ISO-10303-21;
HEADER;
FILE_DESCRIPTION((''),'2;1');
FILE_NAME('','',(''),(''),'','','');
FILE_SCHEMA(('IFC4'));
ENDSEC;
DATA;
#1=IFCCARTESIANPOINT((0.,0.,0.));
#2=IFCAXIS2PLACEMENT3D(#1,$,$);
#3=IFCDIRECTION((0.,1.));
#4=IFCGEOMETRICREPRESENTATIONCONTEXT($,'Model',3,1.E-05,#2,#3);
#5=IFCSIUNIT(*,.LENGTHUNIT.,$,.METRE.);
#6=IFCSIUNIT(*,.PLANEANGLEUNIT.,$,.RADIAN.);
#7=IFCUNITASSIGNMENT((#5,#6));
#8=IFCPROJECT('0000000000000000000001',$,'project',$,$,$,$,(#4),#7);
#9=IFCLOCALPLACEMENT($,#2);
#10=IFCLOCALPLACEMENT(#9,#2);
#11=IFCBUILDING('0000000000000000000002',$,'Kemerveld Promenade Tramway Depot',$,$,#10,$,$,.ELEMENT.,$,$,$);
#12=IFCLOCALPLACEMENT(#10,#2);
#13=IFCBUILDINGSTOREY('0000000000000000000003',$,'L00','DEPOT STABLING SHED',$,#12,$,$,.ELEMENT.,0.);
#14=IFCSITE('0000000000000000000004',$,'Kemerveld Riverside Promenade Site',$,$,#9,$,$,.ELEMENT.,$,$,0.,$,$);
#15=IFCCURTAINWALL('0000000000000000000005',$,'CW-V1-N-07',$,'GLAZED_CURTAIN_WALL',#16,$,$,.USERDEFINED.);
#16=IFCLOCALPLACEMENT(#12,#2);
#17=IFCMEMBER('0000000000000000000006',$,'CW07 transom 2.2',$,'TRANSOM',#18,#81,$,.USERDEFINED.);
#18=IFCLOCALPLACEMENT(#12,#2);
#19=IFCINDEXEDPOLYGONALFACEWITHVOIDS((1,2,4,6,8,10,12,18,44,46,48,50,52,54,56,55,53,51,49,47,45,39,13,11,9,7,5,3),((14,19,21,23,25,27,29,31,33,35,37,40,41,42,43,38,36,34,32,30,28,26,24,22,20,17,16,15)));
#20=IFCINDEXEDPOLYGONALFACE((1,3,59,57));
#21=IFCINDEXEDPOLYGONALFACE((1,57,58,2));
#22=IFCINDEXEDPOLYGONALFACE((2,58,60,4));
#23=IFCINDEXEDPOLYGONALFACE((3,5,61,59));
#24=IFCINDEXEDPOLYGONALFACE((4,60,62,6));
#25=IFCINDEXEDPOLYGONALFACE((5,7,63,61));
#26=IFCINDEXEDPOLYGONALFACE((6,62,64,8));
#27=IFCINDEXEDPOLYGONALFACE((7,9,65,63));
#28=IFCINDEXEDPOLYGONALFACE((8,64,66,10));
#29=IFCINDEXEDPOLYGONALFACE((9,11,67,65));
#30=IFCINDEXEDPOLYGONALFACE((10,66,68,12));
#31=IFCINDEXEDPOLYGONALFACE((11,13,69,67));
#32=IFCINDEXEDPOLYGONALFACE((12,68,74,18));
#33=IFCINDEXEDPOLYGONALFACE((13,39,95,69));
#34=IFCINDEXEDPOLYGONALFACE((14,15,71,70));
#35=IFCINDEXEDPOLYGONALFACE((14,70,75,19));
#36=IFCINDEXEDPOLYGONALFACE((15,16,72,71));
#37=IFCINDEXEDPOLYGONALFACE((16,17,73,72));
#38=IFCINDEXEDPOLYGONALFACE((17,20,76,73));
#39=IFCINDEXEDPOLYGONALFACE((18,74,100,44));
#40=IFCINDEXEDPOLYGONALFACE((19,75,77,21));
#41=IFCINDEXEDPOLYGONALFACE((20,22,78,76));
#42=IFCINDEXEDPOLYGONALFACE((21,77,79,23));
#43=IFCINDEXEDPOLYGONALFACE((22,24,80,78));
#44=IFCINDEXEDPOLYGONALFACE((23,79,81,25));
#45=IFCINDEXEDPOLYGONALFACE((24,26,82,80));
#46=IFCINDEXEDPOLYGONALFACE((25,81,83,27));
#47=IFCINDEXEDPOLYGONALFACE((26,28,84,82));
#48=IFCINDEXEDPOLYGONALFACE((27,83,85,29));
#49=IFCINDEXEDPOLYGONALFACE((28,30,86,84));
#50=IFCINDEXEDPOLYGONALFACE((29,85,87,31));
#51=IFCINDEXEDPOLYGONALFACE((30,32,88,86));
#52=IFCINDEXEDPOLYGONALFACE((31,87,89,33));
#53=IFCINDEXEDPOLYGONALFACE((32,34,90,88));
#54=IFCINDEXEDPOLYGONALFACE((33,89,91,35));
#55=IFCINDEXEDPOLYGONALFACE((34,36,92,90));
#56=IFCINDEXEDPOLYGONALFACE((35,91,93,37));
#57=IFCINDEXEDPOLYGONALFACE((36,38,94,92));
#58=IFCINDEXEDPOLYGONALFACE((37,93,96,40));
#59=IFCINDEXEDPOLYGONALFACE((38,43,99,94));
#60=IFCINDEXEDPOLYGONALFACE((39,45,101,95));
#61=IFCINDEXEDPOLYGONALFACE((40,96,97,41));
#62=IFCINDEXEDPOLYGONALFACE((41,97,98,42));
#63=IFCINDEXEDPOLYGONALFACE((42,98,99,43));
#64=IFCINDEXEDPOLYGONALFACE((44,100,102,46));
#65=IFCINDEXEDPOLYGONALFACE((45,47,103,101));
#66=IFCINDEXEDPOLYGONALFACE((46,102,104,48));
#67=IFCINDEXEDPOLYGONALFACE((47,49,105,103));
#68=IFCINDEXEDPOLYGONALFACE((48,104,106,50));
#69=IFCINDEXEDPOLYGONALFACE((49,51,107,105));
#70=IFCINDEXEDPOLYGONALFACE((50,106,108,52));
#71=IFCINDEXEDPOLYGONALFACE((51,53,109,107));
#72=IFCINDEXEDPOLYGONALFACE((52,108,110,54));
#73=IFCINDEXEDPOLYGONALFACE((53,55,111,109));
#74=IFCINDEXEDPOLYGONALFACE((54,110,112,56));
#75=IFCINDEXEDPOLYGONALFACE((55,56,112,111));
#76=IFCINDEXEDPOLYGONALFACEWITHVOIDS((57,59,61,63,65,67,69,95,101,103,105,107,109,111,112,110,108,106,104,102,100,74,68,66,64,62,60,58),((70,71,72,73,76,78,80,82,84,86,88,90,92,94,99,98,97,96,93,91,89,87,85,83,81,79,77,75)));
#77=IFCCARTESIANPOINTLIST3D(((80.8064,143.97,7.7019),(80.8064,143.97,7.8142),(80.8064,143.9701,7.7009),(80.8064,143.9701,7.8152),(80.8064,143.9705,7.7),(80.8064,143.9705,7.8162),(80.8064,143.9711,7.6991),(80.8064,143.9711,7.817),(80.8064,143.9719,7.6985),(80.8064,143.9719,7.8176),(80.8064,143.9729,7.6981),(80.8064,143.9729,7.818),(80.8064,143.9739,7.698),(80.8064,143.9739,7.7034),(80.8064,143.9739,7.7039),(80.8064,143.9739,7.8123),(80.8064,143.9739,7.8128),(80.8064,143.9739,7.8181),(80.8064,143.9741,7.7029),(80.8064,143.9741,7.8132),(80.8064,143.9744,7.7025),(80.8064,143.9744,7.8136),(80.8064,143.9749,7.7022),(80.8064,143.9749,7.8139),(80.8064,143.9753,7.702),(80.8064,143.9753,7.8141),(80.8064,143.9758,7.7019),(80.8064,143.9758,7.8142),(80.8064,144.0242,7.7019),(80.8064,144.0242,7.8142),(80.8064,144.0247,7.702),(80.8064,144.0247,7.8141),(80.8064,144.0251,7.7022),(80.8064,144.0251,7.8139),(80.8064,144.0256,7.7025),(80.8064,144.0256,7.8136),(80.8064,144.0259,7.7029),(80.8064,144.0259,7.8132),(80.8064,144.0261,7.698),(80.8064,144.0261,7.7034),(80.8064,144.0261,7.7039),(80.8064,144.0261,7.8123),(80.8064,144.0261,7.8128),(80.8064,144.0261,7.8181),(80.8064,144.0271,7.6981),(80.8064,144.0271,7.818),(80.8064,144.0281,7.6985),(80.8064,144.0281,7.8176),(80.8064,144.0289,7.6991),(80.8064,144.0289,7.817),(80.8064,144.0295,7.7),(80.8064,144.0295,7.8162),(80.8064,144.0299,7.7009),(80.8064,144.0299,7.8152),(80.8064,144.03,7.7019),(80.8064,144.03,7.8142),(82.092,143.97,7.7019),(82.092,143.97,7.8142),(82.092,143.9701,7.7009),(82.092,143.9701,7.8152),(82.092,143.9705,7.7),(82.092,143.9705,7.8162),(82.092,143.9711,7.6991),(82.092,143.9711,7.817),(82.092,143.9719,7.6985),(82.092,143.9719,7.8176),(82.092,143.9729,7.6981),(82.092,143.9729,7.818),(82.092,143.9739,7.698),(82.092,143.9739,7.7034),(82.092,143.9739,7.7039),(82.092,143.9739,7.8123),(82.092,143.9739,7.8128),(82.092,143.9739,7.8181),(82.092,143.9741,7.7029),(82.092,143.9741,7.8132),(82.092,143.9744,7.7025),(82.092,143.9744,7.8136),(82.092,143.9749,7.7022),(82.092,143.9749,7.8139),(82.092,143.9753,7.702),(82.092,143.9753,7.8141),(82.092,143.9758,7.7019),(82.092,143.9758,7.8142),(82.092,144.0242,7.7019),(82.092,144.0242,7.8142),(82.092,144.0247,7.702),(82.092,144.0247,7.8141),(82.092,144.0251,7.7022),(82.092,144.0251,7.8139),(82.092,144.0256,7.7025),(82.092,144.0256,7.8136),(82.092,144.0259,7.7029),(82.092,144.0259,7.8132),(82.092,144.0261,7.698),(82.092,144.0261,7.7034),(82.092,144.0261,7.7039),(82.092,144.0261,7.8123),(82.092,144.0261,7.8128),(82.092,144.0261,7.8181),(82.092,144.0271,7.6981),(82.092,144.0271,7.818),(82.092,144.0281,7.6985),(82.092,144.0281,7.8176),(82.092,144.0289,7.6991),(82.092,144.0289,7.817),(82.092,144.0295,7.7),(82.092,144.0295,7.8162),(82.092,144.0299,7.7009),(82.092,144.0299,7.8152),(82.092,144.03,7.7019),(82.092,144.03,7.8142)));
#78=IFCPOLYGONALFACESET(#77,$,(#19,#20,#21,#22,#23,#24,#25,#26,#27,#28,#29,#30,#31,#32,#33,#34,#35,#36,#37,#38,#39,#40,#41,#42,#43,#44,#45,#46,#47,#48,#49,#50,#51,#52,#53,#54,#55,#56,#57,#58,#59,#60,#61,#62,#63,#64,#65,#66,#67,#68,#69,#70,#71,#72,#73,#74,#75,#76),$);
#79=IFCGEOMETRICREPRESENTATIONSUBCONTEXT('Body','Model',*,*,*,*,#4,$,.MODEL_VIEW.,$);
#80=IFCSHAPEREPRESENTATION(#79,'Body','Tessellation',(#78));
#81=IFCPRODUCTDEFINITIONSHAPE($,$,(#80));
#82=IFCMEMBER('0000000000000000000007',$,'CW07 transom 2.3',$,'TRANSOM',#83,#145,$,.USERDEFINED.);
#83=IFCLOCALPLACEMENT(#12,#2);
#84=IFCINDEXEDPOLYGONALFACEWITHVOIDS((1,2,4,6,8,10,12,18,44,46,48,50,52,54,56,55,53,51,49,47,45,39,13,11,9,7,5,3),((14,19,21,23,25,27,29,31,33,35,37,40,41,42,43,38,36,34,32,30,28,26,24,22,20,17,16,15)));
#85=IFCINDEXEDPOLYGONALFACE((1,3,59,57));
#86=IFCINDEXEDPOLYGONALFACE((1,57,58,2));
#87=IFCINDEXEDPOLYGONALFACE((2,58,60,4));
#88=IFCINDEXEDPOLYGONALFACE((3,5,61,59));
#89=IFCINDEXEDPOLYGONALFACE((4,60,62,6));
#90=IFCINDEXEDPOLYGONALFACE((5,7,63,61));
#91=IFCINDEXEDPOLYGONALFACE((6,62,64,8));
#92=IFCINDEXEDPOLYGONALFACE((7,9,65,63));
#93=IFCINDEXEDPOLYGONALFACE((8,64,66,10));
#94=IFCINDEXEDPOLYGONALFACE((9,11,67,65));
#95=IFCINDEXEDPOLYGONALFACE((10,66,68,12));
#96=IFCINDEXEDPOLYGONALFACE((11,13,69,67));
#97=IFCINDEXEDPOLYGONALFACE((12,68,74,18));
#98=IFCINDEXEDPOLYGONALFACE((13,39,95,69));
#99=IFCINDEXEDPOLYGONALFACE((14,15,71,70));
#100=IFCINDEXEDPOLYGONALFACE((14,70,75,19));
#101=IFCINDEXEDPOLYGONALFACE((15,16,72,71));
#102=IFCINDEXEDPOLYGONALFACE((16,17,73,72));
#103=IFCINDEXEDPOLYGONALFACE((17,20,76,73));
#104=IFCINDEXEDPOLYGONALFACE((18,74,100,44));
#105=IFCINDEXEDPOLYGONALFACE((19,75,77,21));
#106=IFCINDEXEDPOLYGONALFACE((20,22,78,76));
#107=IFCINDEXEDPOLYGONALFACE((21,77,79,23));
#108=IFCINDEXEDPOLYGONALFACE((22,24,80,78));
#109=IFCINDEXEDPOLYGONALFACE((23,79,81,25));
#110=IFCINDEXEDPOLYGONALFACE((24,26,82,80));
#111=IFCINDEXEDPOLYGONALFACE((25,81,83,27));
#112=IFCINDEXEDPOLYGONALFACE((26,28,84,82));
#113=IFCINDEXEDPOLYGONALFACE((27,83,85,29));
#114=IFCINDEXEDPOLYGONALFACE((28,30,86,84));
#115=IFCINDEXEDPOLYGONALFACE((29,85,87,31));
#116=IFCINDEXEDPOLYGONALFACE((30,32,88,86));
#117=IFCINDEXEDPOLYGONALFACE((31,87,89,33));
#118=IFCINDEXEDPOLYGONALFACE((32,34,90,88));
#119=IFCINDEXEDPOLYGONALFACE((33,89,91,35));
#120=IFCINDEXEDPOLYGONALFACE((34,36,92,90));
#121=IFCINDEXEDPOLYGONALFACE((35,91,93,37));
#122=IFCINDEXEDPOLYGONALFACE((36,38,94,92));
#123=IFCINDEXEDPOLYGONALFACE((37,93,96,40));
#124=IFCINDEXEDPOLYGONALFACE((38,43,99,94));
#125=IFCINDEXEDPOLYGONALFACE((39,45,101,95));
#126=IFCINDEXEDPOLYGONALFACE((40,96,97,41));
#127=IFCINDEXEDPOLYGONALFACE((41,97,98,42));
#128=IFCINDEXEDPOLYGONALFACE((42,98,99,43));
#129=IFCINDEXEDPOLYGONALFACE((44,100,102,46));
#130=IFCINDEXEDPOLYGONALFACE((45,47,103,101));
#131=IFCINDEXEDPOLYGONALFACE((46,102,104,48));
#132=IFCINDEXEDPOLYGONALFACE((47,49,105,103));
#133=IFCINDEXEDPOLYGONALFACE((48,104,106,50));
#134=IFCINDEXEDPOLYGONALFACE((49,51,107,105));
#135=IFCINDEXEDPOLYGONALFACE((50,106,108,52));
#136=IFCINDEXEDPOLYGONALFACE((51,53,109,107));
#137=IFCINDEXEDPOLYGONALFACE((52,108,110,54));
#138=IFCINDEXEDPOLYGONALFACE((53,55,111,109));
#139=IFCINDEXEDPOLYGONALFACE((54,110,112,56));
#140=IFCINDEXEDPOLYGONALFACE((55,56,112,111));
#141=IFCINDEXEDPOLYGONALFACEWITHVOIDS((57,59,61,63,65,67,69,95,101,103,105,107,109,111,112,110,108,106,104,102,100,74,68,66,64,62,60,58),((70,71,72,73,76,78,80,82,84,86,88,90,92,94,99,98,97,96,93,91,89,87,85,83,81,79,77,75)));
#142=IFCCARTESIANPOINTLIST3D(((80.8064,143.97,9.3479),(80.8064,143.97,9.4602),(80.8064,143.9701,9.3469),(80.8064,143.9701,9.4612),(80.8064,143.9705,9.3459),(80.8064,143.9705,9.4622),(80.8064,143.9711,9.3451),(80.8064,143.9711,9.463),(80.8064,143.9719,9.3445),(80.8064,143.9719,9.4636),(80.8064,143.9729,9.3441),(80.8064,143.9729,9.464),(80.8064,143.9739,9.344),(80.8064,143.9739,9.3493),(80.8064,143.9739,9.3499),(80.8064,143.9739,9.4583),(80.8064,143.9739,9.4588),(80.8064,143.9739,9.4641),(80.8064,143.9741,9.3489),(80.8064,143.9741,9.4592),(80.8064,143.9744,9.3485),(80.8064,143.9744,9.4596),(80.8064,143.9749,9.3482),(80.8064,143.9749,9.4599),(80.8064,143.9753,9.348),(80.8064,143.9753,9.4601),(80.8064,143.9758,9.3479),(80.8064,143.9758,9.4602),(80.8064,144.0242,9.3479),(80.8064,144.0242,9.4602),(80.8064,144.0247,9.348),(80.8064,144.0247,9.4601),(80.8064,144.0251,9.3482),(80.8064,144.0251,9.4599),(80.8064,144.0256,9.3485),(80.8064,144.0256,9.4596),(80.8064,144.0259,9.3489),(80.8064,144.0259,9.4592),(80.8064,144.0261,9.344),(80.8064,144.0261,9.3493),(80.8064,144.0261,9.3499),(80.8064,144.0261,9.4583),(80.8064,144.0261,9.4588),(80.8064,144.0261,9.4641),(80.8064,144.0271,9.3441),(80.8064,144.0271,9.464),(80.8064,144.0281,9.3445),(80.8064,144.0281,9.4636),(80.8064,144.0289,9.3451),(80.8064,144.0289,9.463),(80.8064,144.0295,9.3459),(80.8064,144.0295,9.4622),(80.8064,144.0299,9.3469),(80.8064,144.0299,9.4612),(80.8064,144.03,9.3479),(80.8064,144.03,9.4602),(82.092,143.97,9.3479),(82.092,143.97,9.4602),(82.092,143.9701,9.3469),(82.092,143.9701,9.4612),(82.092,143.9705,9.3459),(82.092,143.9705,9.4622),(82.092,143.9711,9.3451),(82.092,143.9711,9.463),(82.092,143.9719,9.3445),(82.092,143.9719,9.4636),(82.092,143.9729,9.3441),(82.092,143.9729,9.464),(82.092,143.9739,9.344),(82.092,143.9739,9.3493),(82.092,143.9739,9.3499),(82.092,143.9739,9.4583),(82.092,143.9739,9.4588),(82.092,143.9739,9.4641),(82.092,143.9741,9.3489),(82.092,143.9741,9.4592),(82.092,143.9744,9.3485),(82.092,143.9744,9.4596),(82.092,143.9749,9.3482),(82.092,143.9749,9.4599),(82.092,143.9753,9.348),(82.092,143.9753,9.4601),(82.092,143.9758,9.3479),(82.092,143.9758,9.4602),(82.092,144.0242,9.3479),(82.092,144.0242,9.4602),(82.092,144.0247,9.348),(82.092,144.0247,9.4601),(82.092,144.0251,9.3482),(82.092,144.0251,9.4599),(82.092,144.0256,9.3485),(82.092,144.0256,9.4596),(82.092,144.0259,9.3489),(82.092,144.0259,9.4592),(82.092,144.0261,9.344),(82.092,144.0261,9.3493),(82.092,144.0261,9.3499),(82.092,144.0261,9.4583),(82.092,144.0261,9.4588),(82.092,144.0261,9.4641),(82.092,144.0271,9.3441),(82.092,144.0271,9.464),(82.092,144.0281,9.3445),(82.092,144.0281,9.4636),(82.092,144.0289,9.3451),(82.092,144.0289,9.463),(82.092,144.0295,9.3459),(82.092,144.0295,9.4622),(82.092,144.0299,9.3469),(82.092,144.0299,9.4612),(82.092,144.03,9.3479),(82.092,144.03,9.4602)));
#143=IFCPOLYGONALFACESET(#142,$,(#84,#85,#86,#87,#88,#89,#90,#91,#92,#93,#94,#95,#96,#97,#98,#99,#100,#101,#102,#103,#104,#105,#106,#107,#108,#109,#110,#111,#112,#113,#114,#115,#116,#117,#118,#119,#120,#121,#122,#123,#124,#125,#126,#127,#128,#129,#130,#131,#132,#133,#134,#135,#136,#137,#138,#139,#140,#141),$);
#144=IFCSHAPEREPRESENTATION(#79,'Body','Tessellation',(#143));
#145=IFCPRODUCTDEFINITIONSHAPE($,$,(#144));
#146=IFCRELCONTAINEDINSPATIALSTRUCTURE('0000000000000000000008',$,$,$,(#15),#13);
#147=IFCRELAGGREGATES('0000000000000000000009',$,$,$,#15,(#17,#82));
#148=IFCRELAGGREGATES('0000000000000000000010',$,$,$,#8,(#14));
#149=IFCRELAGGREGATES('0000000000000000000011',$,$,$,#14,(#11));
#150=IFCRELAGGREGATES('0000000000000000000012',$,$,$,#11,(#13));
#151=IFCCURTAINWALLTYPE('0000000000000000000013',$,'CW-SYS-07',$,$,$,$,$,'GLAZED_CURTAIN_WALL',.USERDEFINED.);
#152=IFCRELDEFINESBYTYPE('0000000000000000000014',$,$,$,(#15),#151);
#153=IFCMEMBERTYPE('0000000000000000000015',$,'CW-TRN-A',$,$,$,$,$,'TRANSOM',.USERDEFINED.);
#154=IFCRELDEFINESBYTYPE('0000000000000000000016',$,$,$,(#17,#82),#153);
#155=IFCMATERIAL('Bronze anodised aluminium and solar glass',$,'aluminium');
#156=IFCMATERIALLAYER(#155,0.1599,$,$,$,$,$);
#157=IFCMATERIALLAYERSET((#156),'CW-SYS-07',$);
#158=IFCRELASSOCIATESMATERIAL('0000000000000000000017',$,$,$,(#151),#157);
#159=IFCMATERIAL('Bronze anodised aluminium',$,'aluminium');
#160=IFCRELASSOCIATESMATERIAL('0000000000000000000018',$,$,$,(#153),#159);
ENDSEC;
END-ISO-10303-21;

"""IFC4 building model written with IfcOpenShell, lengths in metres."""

from ifc_helpers import new_model, si_unit, direction, frame, origin, origin_2d, place, context, subcontext, project, spatial, hollow_rectangle, extrude, material, layer, layer_set, material_profile, profile_set, type_object, element, aggregate, save


model = new_model("IFC4")

# Units and contexts
model_context = context("Model", 3, precision=1e-05, world=origin(), true_north=direction((0.0, 1.0)))
body_context = subcontext(model_context, "Body", "Model", "MODEL_VIEW")
ifc_project = project(units=[si_unit("LENGTHUNIT", "METRE"), si_unit("PLANEANGLEUNIT", "RADIAN")], contexts=[model_context])

# Site, building, storey
site_placement = place(None, origin())
site = spatial("IfcSite", under=ifc_project, at=site_placement, Name="Kemerveld Riverside Promenade Site", CompositionType="ELEMENT", RefElevation=0.0)
building_placement = place(site_placement, origin())
building = spatial("IfcBuilding", under=site, at=building_placement, Name="Kemerveld Promenade Tramway Depot", CompositionType="ELEMENT")
storey_placement = place(building_placement, origin())
storey = spatial("IfcBuildingStorey", under=building, at=storey_placement, Name="L00", Description="DEPOT STABLING SHED", CompositionType="ELEMENT", Elevation=0.0)

# Curtain wall, members
ifc_material_1 = material(Name="Bronze anodised aluminium and solar glass", Category="aluminium")
ifc_layer_1 = layer(ifc_material_1, 0.1599)
ifc_layer_set_1 = layer_set([ifc_layer_1], Name="CW-SYS-07")
curtain_wall_type_1 = type_object("IfcCurtainWallType", Name="CW-SYS-07", ElementType="GLAZED_CURTAIN_WALL", PredefinedType="USERDEFINED", material=ifc_layer_set_1)
curtain_wall_1_placement = place(storey_placement, origin())
curtain_wall_1 = element("IfcCurtainWall", 1, at=curtain_wall_1_placement, inside=storey, type_object=curtain_wall_type_1, Name="CW-V1-N-07", ObjectType="GLAZED_CURTAIN_WALL", PredefinedType="USERDEFINED")
ifc_material_2 = material(Name="Bronze anodised aluminium", Category="aluminium")
ifc_material_profile_1 = material_profile(ifc_material_2, hollow_rectangle(XDim=0.0601, YDim=0.1201, WallThickness=0.0039, InnerFilletRadius=0.002, OuterFilletRadius=0.0039, at=origin_2d()), Name="CW-TRN-120x60")
ifc_profile_set_1 = profile_set([ifc_material_profile_1], Name="Bronze anodised aluminium")
member_type_1 = type_object("IfcMemberType", Name="CW-TRN-A", ElementType="TRANSOM", PredefinedType="USERDEFINED", material=ifc_profile_set_1)
member_1_placement = place(storey_placement, frame((80.8064, 144.0, 7.7581), z_axis=(1.0, 0.0, 0.0), x_axis=(0.0, 1.0, 0.0)))
member_1 = element("IfcMember", 2, at=member_1_placement, type_object=member_type_1, Name="CW07 transom 2.2", ObjectType="TRANSOM", PredefinedType="USERDEFINED", context=body_context, shape_type="SweptSolid", body=[
    extrude(hollow_rectangle(XDim=0.0601, YDim=0.1201, WallThickness=0.0039, InnerFilletRadius=0.002, OuterFilletRadius=0.0039, at=origin_2d()), origin(), (0.0, 0.0, 1.0), 1.2856),
])
member_2_placement = place(storey_placement, frame((80.8064, 144.0, 9.4041), z_axis=(1.0, 0.0, 0.0), x_axis=(0.0, 1.0, 0.0)))
member_2 = element("IfcMember", 3, at=member_2_placement, type_object=member_type_1, Name="CW07 transom 2.3", ObjectType="TRANSOM", PredefinedType="USERDEFINED", context=body_context, shape_type="SweptSolid", body=[
    extrude(hollow_rectangle(XDim=0.0601, YDim=0.1201, WallThickness=0.0039, InnerFilletRadius=0.002, OuterFilletRadius=0.0039, at=origin_2d()), origin(), (0.0, 0.0, 1.0), 1.2856),
])

aggregate(curtain_wall_1, [member_1, member_2])

save(model, "model.ifc")
